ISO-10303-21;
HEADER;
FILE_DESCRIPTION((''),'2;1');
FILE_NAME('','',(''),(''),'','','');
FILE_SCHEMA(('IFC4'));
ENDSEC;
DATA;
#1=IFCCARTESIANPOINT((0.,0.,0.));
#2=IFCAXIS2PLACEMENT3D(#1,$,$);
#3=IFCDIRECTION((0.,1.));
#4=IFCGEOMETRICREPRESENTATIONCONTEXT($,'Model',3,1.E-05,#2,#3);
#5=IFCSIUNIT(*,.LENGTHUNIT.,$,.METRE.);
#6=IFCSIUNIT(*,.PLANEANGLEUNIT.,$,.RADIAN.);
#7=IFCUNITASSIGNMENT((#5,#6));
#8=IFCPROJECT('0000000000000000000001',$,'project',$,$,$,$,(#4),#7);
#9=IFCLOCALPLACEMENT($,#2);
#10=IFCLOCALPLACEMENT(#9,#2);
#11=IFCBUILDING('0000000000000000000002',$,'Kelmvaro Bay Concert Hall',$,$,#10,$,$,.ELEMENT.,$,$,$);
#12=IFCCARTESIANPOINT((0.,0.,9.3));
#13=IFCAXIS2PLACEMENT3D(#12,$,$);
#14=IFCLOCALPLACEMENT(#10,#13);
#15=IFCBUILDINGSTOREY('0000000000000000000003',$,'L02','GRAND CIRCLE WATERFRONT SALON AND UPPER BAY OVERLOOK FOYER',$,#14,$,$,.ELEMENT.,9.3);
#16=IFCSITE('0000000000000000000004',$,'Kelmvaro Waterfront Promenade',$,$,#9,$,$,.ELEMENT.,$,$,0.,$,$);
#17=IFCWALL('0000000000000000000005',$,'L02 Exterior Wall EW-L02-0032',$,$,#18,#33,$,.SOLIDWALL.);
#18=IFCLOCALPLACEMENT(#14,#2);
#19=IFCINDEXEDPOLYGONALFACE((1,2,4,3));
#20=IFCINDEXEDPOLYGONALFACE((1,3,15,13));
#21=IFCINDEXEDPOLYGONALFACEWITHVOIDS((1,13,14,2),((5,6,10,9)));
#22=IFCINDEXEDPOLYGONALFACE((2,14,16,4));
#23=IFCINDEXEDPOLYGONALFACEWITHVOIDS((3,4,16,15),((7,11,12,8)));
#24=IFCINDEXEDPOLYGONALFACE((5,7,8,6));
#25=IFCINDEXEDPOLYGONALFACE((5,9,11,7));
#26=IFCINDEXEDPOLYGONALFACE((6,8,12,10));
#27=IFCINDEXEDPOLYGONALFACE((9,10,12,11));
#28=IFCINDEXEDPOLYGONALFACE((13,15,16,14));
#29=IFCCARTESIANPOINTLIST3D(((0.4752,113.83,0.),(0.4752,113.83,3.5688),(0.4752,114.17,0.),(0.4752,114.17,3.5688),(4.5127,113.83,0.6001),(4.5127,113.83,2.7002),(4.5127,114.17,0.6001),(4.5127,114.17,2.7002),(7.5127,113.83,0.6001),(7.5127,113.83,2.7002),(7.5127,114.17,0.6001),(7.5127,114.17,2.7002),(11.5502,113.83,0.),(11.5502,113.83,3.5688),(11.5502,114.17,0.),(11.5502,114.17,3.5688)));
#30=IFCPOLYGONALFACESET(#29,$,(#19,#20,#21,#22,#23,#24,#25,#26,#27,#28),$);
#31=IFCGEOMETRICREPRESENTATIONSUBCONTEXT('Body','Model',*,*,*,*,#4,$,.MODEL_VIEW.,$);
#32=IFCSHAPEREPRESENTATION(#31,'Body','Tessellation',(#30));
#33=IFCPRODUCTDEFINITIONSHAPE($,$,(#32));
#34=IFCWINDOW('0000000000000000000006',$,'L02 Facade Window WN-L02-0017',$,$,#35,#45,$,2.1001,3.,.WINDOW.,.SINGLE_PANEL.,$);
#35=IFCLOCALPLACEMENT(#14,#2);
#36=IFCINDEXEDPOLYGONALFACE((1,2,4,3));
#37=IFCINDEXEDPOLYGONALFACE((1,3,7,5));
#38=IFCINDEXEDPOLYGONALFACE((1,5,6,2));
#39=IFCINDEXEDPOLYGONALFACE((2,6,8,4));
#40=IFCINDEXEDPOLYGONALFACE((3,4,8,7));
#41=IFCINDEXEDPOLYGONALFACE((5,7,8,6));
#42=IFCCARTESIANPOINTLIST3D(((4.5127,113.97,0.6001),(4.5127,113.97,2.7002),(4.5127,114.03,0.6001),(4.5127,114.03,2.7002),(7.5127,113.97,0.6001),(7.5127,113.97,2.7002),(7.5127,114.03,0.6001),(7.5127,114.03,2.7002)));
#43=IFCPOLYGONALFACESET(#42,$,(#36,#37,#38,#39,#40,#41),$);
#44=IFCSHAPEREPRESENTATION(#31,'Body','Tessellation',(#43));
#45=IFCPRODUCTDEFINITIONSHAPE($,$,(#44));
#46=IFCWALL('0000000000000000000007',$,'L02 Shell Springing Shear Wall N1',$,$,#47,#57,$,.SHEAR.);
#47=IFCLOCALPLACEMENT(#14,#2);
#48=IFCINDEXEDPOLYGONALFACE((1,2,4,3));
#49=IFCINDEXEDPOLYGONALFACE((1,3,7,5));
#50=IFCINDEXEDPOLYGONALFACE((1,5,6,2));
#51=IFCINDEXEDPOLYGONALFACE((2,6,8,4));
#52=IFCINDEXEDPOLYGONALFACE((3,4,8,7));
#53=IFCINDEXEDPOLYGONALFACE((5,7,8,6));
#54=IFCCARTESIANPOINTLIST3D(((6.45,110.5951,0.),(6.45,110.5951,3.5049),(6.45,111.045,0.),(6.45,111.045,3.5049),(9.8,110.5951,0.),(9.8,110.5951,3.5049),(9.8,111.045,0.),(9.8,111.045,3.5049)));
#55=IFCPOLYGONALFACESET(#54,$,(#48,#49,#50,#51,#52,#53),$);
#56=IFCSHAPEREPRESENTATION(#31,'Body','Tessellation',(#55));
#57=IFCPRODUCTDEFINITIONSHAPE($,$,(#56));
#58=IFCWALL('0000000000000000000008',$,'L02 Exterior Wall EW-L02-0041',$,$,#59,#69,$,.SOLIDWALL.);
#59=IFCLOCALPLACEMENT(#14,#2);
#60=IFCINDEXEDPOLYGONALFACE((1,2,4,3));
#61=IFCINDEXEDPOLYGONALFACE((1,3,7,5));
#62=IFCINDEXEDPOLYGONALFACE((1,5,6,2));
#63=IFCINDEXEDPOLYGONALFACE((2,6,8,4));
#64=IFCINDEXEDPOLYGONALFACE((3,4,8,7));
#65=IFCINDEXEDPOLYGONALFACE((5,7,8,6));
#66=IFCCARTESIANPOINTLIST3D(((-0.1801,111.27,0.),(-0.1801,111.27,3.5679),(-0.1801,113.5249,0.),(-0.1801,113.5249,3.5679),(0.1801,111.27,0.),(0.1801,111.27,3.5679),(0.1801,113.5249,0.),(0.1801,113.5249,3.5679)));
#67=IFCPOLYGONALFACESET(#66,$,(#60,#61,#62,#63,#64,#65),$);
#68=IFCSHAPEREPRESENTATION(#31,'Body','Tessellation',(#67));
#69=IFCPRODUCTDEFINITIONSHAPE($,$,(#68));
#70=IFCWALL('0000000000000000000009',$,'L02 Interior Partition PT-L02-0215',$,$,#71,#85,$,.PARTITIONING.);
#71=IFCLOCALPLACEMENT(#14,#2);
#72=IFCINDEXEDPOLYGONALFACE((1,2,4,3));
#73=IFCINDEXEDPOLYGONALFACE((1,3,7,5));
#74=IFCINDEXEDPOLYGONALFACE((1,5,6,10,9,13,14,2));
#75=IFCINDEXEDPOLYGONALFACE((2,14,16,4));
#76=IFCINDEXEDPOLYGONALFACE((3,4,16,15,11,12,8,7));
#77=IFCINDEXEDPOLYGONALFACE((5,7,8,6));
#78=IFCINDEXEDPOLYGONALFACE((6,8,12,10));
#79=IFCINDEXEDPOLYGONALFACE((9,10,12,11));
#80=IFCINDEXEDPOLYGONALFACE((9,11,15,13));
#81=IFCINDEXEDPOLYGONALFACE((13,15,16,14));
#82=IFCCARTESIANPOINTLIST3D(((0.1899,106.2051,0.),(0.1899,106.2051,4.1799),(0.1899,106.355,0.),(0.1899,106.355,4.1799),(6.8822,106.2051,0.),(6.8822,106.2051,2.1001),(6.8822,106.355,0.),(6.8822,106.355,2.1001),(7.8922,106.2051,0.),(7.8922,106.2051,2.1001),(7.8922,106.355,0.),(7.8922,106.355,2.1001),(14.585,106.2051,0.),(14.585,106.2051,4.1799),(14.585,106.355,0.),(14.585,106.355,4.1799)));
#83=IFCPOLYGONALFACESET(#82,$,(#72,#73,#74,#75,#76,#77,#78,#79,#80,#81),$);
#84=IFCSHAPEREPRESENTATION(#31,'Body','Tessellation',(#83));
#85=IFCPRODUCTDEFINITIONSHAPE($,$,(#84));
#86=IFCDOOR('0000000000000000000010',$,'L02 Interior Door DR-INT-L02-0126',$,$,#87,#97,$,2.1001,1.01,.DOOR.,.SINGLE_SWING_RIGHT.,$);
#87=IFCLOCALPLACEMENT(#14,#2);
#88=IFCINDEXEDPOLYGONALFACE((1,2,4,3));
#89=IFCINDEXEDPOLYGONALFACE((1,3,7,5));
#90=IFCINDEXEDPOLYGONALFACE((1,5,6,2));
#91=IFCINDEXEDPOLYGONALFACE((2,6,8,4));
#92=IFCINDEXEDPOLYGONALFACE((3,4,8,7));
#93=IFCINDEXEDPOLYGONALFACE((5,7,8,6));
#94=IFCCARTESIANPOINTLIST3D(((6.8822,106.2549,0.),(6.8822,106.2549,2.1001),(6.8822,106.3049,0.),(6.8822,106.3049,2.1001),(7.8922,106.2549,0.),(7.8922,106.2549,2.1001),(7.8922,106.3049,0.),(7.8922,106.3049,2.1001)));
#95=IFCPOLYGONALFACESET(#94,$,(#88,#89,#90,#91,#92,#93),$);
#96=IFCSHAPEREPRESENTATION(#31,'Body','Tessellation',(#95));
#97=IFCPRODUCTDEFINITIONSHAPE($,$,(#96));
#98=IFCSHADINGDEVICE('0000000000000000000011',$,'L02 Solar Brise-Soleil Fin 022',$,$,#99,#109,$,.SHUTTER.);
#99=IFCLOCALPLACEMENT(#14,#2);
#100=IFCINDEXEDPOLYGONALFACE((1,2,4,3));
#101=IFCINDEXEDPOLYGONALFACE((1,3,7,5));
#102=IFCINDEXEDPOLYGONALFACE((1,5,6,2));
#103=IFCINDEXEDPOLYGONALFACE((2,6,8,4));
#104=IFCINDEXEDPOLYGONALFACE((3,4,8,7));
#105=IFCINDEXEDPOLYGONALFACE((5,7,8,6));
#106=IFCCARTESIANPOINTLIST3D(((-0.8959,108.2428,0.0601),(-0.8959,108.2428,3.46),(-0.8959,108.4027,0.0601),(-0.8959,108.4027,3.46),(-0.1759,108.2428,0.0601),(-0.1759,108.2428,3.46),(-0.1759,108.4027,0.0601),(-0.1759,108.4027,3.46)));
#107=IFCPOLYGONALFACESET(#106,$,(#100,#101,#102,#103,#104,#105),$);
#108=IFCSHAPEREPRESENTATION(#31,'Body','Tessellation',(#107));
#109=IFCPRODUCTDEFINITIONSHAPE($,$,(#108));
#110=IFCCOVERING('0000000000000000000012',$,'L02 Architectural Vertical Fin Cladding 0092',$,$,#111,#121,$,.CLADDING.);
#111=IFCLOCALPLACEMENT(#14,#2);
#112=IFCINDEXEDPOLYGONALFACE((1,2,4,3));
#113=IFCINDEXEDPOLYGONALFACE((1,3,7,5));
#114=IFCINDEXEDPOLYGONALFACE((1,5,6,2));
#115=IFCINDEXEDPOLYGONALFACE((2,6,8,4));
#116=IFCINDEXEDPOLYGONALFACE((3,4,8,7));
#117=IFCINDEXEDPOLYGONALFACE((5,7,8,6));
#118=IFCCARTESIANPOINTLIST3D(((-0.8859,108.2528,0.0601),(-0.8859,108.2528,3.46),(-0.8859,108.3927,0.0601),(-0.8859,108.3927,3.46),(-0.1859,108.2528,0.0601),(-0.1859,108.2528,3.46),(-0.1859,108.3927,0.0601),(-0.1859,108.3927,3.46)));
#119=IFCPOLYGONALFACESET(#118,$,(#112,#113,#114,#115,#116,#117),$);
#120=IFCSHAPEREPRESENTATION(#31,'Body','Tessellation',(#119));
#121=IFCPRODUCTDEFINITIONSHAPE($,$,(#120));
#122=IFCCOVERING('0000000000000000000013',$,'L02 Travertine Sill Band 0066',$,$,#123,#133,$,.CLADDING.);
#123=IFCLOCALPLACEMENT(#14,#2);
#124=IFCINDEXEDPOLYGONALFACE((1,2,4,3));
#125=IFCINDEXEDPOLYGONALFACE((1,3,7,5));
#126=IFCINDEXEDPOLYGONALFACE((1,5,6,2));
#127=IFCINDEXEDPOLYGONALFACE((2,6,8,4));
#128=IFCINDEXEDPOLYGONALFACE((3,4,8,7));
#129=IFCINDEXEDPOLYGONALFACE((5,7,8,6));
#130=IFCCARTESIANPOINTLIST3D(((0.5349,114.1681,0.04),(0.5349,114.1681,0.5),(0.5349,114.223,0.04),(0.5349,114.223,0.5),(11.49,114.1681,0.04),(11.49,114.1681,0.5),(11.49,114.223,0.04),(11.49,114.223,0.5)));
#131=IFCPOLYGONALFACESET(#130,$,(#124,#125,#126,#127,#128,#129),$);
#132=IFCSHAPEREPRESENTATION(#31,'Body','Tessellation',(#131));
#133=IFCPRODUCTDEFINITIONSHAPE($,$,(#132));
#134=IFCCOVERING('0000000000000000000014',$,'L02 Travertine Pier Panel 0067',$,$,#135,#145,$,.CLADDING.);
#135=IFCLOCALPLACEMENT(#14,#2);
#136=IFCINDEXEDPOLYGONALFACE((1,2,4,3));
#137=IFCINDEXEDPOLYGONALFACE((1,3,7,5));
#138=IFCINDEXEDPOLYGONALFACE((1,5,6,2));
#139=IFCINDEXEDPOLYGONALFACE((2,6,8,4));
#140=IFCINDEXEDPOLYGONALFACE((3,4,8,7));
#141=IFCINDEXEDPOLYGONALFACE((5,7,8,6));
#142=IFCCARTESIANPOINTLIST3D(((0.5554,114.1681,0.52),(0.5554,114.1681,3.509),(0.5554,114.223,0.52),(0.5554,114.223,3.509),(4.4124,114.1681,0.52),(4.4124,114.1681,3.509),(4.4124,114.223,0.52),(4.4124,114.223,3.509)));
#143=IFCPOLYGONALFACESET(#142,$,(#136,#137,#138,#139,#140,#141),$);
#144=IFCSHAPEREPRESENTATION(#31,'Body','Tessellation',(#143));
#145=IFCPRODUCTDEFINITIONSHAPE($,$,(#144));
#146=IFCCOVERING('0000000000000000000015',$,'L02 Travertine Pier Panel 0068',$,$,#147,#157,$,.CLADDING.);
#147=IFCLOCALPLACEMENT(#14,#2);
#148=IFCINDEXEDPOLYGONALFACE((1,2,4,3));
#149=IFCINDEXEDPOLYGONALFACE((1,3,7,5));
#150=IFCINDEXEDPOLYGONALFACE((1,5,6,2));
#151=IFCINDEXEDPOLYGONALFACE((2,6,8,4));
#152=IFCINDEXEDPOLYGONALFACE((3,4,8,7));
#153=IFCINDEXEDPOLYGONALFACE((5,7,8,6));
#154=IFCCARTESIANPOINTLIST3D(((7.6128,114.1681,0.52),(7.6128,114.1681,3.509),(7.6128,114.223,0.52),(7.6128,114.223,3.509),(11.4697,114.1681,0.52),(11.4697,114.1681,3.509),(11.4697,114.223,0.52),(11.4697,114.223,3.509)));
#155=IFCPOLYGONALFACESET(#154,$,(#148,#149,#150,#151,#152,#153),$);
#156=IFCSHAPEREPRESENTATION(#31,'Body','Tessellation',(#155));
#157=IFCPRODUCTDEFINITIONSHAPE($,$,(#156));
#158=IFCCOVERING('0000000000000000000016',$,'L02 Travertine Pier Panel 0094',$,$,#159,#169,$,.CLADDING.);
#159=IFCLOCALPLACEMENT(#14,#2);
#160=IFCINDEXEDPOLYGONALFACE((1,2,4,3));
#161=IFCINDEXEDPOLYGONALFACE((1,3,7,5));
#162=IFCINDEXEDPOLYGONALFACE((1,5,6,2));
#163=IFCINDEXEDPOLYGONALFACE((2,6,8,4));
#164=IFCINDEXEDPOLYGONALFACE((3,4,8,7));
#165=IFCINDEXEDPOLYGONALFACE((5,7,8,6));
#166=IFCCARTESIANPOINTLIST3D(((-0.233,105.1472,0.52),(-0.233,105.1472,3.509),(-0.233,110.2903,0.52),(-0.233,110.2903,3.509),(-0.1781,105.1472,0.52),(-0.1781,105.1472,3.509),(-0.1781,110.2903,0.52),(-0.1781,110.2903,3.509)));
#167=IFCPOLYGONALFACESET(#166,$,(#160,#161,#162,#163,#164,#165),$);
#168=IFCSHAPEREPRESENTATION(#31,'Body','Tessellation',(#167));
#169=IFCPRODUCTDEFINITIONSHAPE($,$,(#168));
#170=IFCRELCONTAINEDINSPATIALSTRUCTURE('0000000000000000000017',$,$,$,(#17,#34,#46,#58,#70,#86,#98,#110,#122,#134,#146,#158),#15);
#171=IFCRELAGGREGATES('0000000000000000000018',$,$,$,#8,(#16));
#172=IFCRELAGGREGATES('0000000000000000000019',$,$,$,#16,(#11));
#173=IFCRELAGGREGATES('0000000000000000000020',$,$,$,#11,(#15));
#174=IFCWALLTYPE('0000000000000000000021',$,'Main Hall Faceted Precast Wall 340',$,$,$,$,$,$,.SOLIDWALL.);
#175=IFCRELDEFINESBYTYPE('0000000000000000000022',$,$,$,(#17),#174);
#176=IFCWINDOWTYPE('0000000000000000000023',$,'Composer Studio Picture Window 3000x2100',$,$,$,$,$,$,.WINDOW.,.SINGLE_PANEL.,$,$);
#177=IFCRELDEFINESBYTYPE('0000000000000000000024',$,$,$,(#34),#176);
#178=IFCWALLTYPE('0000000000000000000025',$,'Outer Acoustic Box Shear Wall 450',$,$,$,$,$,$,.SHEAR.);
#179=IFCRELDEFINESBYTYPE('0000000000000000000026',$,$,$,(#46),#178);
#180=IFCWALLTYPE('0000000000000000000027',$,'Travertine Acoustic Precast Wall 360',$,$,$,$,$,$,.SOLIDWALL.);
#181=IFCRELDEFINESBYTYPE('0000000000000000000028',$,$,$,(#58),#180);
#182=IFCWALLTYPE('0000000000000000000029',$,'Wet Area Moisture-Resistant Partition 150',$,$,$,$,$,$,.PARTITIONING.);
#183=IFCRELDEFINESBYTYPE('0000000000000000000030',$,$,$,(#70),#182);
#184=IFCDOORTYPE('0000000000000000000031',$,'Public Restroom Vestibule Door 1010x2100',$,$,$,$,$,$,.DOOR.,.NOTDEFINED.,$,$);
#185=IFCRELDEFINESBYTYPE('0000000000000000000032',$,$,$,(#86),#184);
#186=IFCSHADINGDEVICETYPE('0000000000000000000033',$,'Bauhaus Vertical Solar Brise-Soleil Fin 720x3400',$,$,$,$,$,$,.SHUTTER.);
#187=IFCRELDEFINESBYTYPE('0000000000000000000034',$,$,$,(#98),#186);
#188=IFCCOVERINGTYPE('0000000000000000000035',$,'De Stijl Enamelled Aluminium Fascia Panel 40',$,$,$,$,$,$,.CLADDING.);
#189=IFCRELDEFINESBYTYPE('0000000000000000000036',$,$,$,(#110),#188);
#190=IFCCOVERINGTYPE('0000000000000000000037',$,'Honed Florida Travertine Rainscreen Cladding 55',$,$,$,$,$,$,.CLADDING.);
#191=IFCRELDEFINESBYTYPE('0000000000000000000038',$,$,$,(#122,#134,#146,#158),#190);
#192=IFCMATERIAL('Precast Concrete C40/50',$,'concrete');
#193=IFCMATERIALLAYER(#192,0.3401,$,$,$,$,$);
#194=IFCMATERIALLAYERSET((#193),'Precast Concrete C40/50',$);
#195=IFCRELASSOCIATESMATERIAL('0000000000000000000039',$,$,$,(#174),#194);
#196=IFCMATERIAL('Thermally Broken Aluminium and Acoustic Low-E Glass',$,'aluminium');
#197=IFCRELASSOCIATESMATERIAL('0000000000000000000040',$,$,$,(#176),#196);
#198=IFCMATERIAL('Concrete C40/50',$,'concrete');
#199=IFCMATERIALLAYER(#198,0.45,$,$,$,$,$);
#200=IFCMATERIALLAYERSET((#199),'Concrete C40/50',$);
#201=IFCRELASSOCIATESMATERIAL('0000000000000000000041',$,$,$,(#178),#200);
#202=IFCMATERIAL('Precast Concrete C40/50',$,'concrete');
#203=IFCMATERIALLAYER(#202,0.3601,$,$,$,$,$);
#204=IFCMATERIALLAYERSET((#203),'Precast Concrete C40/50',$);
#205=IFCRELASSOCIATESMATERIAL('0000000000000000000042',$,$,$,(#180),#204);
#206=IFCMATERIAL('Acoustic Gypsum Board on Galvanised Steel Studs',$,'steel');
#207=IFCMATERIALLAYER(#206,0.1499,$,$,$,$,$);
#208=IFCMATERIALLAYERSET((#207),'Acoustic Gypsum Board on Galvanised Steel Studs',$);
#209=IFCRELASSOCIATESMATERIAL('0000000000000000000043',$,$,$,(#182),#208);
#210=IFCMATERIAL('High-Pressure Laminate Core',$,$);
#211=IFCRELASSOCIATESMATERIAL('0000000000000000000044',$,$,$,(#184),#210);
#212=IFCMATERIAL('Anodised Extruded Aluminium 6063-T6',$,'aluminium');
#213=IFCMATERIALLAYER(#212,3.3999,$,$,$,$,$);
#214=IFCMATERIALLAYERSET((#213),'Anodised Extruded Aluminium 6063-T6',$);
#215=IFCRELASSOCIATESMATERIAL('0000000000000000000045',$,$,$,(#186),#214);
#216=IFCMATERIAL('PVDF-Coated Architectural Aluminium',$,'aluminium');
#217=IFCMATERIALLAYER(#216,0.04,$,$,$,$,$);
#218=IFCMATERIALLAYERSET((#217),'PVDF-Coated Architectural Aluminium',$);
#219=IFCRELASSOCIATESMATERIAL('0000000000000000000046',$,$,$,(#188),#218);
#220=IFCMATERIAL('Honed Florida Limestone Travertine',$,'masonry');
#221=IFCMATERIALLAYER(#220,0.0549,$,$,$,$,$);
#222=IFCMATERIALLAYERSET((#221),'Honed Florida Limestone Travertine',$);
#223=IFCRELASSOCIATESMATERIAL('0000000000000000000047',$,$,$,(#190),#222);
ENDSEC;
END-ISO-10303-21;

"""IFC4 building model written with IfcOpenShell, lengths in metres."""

from ifc_helpers import new_model, si_unit, direction, frame, frame_2d, origin, origin_2d, place, context, subcontext, project, spatial, rectangle, extrude, material, layer, layer_set, type_object, element, fill, save


model = new_model("IFC4")

# Units and contexts
model_context = context("Model", 3, precision=1e-05, world=origin(), true_north=direction((0.0, 1.0)))
body_context = subcontext(model_context, "Body", "Model", "MODEL_VIEW")
ifc_project = project(units=[si_unit("LENGTHUNIT", "METRE"), si_unit("PLANEANGLEUNIT", "RADIAN")], contexts=[model_context])

# Site, building, storey
site_placement = place(None, origin())
site = spatial("IfcSite", under=ifc_project, at=site_placement, Name="Kelmvaro Waterfront Promenade", CompositionType="ELEMENT", RefElevation=0.0)
building_placement = place(site_placement, origin())
building = spatial("IfcBuilding", under=site, at=building_placement, Name="Kelmvaro Bay Concert Hall", CompositionType="ELEMENT")
storey_placement = place(building_placement, frame((0.0, 0.0, 9.3)))
storey = spatial("IfcBuildingStorey", under=building, at=storey_placement, Name="L02", Description="GRAND CIRCLE WATERFRONT SALON AND UPPER BAY OVERLOOK FOYER", CompositionType="ELEMENT", Elevation=9.3)

# Wall, opening, window
ifc_material_1 = material(Name="Precast Concrete C40/50", Category="concrete")
ifc_layer_1 = layer(ifc_material_1, 0.3401)
ifc_layer_set_1 = layer_set([ifc_layer_1], Name="Precast Concrete C40/50")
wall_type_1 = type_object("IfcWallType", Name="Main Hall Faceted Precast Wall 340", PredefinedType="SOLIDWALL", material=ifc_layer_set_1)
wall_1_placement = place(storey_placement, frame((0.4751, 114.0, 0.0), z_axis=(0.0, 0.0, 1.0), x_axis=(1.0, 0.0, 0.0)))
wall_1 = element("IfcWall", 1, at=wall_1_placement, inside=storey, type_object=wall_type_1, Name="L02 Exterior Wall EW-L02-0032", PredefinedType="SOLIDWALL", context=body_context, shape_type="SweptSolid", body=[
    extrude(rectangle(XDim=11.075, YDim=0.3401, at=frame_2d((5.5376, 0.0))), origin(), (0.0, 0.0, 1.0), 3.5688),
])
opening_1_placement = place(wall_1_placement, frame((4.0376, 0.0, 0.6001)))
opening_1 = element("IfcOpeningElement", 2, at=opening_1_placement, cuts=wall_1, PredefinedType="OPENING", context=body_context, shape_type="SweptSolid", body=[
    extrude(rectangle(XDim=3.0, YDim=2.1001, at=frame_2d((1.5, 1.05))), frame((0.0, 0.1799, 0.0), z_axis=(0.0, -1.0, 0.0), x_axis=(1.0, 0.0, 0.0)), (0.0, 0.0, 1.0), 0.3601),
])
ifc_material_2 = material(Name="Thermally Broken Aluminium and Acoustic Low-E Glass", Category="aluminium")
window_type = type_object("IfcWindowType", Name="Composer Studio Picture Window 3000x2100", PartitioningType="SINGLE_PANEL", PredefinedType="WINDOW", material=ifc_material_2)
window_placement = place(opening_1_placement, origin())
window = element("IfcWindow", 3, at=window_placement, inside=storey, type_object=window_type, Name="L02 Facade Window WN-L02-0017", OverallHeight=2.1001, OverallWidth=3.0, PartitioningType="SINGLE_PANEL", PredefinedType="WINDOW", context=body_context, shape_type="SweptSolid", body=[
    extrude(rectangle(XDim=3.0, YDim=2.1001, at=frame_2d((1.5, 1.05))), frame((0.0, 0.03, 0.0), z_axis=(0.0, -1.0, 0.0), x_axis=(1.0, 0.0, 0.0)), (0.0, 0.0, 1.0), 0.0601),
])
fill(opening_1, window)

# Walls
ifc_material_3 = material(Name="Concrete C40/50", Category="concrete")
ifc_layer_2 = layer(ifc_material_3, 0.45)
ifc_layer_set_2 = layer_set([ifc_layer_2], Name="Concrete C40/50")
wall_type_2 = type_object("IfcWallType", Name="Outer Acoustic Box Shear Wall 450", PredefinedType="SHEAR", material=ifc_layer_set_2)
wall_2_placement = place(storey_placement, frame((6.45, 110.8201, 0.0), z_axis=(0.0, 0.0, 1.0), x_axis=(1.0, 0.0, 0.0)))
element("IfcWall", 4, at=wall_2_placement, inside=storey, type_object=wall_type_2, Name="L02 Shell Springing Shear Wall N1", PredefinedType="SHEAR", context=body_context, shape_type="SweptSolid", body=[
    extrude(rectangle(XDim=3.3501, YDim=0.45, at=frame_2d((1.675, 0.0))), origin(), (0.0, 0.0, 1.0), 3.5049),
])
ifc_material_4 = material(Name="Precast Concrete C40/50", Category="concrete")
ifc_layer_3 = layer(ifc_material_4, 0.3601)
ifc_layer_set_3 = layer_set([ifc_layer_3], Name="Precast Concrete C40/50")
wall_type_3 = type_object("IfcWallType", Name="Travertine Acoustic Precast Wall 360", PredefinedType="SOLIDWALL", material=ifc_layer_set_3)
wall_3_placement = place(storey_placement, frame((0.0, 111.27, 0.0), z_axis=(0.0, 0.0, 1.0), x_axis=(0.0, 1.0, 0.0)))
element("IfcWall", 5, at=wall_3_placement, inside=storey, type_object=wall_type_3, Name="L02 Exterior Wall EW-L02-0041", PredefinedType="SOLIDWALL", context=body_context, shape_type="SweptSolid", body=[
    extrude(rectangle(XDim=2.2549, YDim=0.3601, at=frame_2d((1.1274, 0.0))), origin(), (0.0, 0.0, 1.0), 3.5679),
])

# Wall, opening, door
ifc_material_5 = material(Name="Acoustic Gypsum Board on Galvanised Steel Studs", Category="steel")
ifc_layer_4 = layer(ifc_material_5, 0.1499)
ifc_layer_set_4 = layer_set([ifc_layer_4], Name="Acoustic Gypsum Board on Galvanised Steel Studs")
wall_type_4 = type_object("IfcWallType", Name="Wet Area Moisture-Resistant Partition 150", PredefinedType="PARTITIONING", material=ifc_layer_set_4)
wall_4_placement = place(storey_placement, frame((0.1899, 106.28, 0.0), z_axis=(0.0, 0.0, 1.0), x_axis=(1.0, 0.0, 0.0)))
wall_4 = element("IfcWall", 6, at=wall_4_placement, inside=storey, type_object=wall_type_4, Name="L02 Interior Partition PT-L02-0215", PredefinedType="PARTITIONING", context=body_context, shape_type="SweptSolid", body=[
    extrude(rectangle(XDim=14.395, YDim=0.1499, at=frame_2d((7.1975, 0.0))), origin(), (0.0, 0.0, 1.0), 4.1799),
])
opening_2_placement = place(wall_4_placement, frame((6.6924, 0.0, 0.0)))
opening_2 = element("IfcOpeningElement", 7, at=opening_2_placement, cuts=wall_4, PredefinedType="OPENING", context=body_context, shape_type="SweptSolid", body=[
    extrude(rectangle(XDim=1.01, YDim=2.1001, at=frame_2d((0.5049, 1.05))), frame((0.0, 0.085, 0.0), z_axis=(0.0, -1.0, 0.0), x_axis=(1.0, 0.0, 0.0)), (0.0, 0.0, 1.0), 0.1699),
])
ifc_material_6 = material(Name="High-Pressure Laminate Core")
door_type = type_object("IfcDoorType", Name="Public Restroom Vestibule Door 1010x2100", OperationType="NOTDEFINED", PredefinedType="DOOR", material=ifc_material_6)
door_placement = place(opening_2_placement, origin())
door = element("IfcDoor", 8, at=door_placement, inside=storey, type_object=door_type, Name="L02 Interior Door DR-INT-L02-0126", OperationType="SINGLE_SWING_RIGHT", OverallHeight=2.1001, OverallWidth=1.01, PredefinedType="DOOR", context=body_context, shape_type="SweptSolid", body=[
    extrude(rectangle(XDim=1.01, YDim=2.1001, at=frame_2d((0.5049, 1.05))), frame((0.0, 0.0249, 0.0), z_axis=(0.0, -1.0, 0.0), x_axis=(1.0, 0.0, 0.0)), (0.0, 0.0, 1.0), 0.05),
])
fill(opening_2, door)

# Shading device
ifc_material_7 = material(Name="Anodised Extruded Aluminium 6063-T6", Category="aluminium")
ifc_layer_5 = layer(ifc_material_7, 3.3999)
ifc_layer_set_5 = layer_set([ifc_layer_5], Name="Anodised Extruded Aluminium 6063-T6")
shading_device_type = type_object("IfcShadingDeviceType", Name="Bauhaus Vertical Solar Brise-Soleil Fin 720x3400", PredefinedType="SHUTTER", material=ifc_layer_set_5)
shading_device_placement = place(storey_placement, frame((-0.5359, 108.3228, 0.0601), z_axis=(0.0, 0.0, 1.0), x_axis=(0.0, 1.0, 0.0)))
element("IfcShadingDevice", 9, at=shading_device_placement, inside=storey, type_object=shading_device_type, Name="L02 Solar Brise-Soleil Fin 022", PredefinedType="SHUTTER", context=body_context, shape_type="SweptSolid", body=[
    extrude(rectangle(XDim=0.1599, YDim=0.72, at=origin_2d()), origin(), (0.0, 0.0, 1.0), 3.3999),
])

# Coverings
ifc_material_8 = material(Name="PVDF-Coated Architectural Aluminium", Category="aluminium")
ifc_layer_6 = layer(ifc_material_8, 0.04)
ifc_layer_set_6 = layer_set([ifc_layer_6], Name="PVDF-Coated Architectural Aluminium")
covering_type_1 = type_object("IfcCoveringType", Name="De Stijl Enamelled Aluminium Fascia Panel 40", PredefinedType="CLADDING", material=ifc_layer_set_6)
covering_1_placement = place(storey_placement, frame((-0.5359, 108.3228, 0.0601), z_axis=(0.0, 0.0, 1.0), x_axis=(0.0, 1.0, 0.0)))
element("IfcCovering", 10, at=covering_1_placement, inside=storey, type_object=covering_type_1, Name="L02 Architectural Vertical Fin Cladding 0092", PredefinedType="CLADDING", context=body_context, shape_type="SweptSolid", body=[
    extrude(rectangle(XDim=0.1399, YDim=0.7, at=origin_2d()), origin(), (0.0, 0.0, 1.0), 3.3999),
])
ifc_material_9 = material(Name="Honed Florida Limestone Travertine", Category="masonry")
ifc_layer_7 = layer(ifc_material_9, 0.0549)
ifc_layer_set_7 = layer_set([ifc_layer_7], Name="Honed Florida Limestone Travertine")
covering_type_2 = type_object("IfcCoveringType", Name="Honed Florida Travertine Rainscreen Cladding 55", PredefinedType="CLADDING", material=ifc_layer_set_7)
covering_2_placement = place(storey_placement, frame((6.0125, 114.1956, 0.04), z_axis=(0.0, 0.0, 1.0), x_axis=(1.0, 0.0, 0.0)))
element("IfcCovering", 11, at=covering_2_placement, inside=storey, type_object=covering_type_2, Name="L02 Travertine Sill Band 0066", PredefinedType="CLADDING", context=body_context, shape_type="SweptSolid", body=[
    extrude(rectangle(XDim=10.9551, YDim=0.0549, at=origin_2d()), origin(), (0.0, 0.0, 1.0), 0.46),
])
for number, where, z_axis, x_axis, name in (
    (12, (2.4839, 114.1956, 0.52), (0.0, 0.0, 1.0), (1.0, 0.0, 0.0), "L02 Travertine Pier Panel 0067"),
    (13, (9.5413, 114.1956, 0.52), (0.0, 0.0, 1.0), (1.0, 0.0, 0.0), "L02 Travertine Pier Panel 0068"),
):
    element("IfcCovering", number, at=place(storey_placement, frame(where, z_axis=z_axis, x_axis=x_axis)), inside=storey, type_object=covering_type_2, Name=name, PredefinedType="CLADDING", context=body_context, shape_type="SweptSolid", body=[
        extrude(rectangle(XDim=3.8569, YDim=0.0549, at=origin_2d()), origin(), (0.0, 0.0, 1.0), 2.989),
    ])
covering_3_placement = place(storey_placement, frame((-0.2056, 107.7188, 0.52), z_axis=(0.0, 0.0, 1.0), x_axis=(0.0, 1.0, 0.0)))
element("IfcCovering", 14, at=covering_3_placement, inside=storey, type_object=covering_type_2, Name="L02 Travertine Pier Panel 0094", PredefinedType="CLADDING", context=body_context, shape_type="SweptSolid", body=[
    extrude(rectangle(XDim=5.1431, YDim=0.0549, at=origin_2d()), origin(), (0.0, 0.0, 1.0), 2.989),
])

save(model, "model.ifc")
